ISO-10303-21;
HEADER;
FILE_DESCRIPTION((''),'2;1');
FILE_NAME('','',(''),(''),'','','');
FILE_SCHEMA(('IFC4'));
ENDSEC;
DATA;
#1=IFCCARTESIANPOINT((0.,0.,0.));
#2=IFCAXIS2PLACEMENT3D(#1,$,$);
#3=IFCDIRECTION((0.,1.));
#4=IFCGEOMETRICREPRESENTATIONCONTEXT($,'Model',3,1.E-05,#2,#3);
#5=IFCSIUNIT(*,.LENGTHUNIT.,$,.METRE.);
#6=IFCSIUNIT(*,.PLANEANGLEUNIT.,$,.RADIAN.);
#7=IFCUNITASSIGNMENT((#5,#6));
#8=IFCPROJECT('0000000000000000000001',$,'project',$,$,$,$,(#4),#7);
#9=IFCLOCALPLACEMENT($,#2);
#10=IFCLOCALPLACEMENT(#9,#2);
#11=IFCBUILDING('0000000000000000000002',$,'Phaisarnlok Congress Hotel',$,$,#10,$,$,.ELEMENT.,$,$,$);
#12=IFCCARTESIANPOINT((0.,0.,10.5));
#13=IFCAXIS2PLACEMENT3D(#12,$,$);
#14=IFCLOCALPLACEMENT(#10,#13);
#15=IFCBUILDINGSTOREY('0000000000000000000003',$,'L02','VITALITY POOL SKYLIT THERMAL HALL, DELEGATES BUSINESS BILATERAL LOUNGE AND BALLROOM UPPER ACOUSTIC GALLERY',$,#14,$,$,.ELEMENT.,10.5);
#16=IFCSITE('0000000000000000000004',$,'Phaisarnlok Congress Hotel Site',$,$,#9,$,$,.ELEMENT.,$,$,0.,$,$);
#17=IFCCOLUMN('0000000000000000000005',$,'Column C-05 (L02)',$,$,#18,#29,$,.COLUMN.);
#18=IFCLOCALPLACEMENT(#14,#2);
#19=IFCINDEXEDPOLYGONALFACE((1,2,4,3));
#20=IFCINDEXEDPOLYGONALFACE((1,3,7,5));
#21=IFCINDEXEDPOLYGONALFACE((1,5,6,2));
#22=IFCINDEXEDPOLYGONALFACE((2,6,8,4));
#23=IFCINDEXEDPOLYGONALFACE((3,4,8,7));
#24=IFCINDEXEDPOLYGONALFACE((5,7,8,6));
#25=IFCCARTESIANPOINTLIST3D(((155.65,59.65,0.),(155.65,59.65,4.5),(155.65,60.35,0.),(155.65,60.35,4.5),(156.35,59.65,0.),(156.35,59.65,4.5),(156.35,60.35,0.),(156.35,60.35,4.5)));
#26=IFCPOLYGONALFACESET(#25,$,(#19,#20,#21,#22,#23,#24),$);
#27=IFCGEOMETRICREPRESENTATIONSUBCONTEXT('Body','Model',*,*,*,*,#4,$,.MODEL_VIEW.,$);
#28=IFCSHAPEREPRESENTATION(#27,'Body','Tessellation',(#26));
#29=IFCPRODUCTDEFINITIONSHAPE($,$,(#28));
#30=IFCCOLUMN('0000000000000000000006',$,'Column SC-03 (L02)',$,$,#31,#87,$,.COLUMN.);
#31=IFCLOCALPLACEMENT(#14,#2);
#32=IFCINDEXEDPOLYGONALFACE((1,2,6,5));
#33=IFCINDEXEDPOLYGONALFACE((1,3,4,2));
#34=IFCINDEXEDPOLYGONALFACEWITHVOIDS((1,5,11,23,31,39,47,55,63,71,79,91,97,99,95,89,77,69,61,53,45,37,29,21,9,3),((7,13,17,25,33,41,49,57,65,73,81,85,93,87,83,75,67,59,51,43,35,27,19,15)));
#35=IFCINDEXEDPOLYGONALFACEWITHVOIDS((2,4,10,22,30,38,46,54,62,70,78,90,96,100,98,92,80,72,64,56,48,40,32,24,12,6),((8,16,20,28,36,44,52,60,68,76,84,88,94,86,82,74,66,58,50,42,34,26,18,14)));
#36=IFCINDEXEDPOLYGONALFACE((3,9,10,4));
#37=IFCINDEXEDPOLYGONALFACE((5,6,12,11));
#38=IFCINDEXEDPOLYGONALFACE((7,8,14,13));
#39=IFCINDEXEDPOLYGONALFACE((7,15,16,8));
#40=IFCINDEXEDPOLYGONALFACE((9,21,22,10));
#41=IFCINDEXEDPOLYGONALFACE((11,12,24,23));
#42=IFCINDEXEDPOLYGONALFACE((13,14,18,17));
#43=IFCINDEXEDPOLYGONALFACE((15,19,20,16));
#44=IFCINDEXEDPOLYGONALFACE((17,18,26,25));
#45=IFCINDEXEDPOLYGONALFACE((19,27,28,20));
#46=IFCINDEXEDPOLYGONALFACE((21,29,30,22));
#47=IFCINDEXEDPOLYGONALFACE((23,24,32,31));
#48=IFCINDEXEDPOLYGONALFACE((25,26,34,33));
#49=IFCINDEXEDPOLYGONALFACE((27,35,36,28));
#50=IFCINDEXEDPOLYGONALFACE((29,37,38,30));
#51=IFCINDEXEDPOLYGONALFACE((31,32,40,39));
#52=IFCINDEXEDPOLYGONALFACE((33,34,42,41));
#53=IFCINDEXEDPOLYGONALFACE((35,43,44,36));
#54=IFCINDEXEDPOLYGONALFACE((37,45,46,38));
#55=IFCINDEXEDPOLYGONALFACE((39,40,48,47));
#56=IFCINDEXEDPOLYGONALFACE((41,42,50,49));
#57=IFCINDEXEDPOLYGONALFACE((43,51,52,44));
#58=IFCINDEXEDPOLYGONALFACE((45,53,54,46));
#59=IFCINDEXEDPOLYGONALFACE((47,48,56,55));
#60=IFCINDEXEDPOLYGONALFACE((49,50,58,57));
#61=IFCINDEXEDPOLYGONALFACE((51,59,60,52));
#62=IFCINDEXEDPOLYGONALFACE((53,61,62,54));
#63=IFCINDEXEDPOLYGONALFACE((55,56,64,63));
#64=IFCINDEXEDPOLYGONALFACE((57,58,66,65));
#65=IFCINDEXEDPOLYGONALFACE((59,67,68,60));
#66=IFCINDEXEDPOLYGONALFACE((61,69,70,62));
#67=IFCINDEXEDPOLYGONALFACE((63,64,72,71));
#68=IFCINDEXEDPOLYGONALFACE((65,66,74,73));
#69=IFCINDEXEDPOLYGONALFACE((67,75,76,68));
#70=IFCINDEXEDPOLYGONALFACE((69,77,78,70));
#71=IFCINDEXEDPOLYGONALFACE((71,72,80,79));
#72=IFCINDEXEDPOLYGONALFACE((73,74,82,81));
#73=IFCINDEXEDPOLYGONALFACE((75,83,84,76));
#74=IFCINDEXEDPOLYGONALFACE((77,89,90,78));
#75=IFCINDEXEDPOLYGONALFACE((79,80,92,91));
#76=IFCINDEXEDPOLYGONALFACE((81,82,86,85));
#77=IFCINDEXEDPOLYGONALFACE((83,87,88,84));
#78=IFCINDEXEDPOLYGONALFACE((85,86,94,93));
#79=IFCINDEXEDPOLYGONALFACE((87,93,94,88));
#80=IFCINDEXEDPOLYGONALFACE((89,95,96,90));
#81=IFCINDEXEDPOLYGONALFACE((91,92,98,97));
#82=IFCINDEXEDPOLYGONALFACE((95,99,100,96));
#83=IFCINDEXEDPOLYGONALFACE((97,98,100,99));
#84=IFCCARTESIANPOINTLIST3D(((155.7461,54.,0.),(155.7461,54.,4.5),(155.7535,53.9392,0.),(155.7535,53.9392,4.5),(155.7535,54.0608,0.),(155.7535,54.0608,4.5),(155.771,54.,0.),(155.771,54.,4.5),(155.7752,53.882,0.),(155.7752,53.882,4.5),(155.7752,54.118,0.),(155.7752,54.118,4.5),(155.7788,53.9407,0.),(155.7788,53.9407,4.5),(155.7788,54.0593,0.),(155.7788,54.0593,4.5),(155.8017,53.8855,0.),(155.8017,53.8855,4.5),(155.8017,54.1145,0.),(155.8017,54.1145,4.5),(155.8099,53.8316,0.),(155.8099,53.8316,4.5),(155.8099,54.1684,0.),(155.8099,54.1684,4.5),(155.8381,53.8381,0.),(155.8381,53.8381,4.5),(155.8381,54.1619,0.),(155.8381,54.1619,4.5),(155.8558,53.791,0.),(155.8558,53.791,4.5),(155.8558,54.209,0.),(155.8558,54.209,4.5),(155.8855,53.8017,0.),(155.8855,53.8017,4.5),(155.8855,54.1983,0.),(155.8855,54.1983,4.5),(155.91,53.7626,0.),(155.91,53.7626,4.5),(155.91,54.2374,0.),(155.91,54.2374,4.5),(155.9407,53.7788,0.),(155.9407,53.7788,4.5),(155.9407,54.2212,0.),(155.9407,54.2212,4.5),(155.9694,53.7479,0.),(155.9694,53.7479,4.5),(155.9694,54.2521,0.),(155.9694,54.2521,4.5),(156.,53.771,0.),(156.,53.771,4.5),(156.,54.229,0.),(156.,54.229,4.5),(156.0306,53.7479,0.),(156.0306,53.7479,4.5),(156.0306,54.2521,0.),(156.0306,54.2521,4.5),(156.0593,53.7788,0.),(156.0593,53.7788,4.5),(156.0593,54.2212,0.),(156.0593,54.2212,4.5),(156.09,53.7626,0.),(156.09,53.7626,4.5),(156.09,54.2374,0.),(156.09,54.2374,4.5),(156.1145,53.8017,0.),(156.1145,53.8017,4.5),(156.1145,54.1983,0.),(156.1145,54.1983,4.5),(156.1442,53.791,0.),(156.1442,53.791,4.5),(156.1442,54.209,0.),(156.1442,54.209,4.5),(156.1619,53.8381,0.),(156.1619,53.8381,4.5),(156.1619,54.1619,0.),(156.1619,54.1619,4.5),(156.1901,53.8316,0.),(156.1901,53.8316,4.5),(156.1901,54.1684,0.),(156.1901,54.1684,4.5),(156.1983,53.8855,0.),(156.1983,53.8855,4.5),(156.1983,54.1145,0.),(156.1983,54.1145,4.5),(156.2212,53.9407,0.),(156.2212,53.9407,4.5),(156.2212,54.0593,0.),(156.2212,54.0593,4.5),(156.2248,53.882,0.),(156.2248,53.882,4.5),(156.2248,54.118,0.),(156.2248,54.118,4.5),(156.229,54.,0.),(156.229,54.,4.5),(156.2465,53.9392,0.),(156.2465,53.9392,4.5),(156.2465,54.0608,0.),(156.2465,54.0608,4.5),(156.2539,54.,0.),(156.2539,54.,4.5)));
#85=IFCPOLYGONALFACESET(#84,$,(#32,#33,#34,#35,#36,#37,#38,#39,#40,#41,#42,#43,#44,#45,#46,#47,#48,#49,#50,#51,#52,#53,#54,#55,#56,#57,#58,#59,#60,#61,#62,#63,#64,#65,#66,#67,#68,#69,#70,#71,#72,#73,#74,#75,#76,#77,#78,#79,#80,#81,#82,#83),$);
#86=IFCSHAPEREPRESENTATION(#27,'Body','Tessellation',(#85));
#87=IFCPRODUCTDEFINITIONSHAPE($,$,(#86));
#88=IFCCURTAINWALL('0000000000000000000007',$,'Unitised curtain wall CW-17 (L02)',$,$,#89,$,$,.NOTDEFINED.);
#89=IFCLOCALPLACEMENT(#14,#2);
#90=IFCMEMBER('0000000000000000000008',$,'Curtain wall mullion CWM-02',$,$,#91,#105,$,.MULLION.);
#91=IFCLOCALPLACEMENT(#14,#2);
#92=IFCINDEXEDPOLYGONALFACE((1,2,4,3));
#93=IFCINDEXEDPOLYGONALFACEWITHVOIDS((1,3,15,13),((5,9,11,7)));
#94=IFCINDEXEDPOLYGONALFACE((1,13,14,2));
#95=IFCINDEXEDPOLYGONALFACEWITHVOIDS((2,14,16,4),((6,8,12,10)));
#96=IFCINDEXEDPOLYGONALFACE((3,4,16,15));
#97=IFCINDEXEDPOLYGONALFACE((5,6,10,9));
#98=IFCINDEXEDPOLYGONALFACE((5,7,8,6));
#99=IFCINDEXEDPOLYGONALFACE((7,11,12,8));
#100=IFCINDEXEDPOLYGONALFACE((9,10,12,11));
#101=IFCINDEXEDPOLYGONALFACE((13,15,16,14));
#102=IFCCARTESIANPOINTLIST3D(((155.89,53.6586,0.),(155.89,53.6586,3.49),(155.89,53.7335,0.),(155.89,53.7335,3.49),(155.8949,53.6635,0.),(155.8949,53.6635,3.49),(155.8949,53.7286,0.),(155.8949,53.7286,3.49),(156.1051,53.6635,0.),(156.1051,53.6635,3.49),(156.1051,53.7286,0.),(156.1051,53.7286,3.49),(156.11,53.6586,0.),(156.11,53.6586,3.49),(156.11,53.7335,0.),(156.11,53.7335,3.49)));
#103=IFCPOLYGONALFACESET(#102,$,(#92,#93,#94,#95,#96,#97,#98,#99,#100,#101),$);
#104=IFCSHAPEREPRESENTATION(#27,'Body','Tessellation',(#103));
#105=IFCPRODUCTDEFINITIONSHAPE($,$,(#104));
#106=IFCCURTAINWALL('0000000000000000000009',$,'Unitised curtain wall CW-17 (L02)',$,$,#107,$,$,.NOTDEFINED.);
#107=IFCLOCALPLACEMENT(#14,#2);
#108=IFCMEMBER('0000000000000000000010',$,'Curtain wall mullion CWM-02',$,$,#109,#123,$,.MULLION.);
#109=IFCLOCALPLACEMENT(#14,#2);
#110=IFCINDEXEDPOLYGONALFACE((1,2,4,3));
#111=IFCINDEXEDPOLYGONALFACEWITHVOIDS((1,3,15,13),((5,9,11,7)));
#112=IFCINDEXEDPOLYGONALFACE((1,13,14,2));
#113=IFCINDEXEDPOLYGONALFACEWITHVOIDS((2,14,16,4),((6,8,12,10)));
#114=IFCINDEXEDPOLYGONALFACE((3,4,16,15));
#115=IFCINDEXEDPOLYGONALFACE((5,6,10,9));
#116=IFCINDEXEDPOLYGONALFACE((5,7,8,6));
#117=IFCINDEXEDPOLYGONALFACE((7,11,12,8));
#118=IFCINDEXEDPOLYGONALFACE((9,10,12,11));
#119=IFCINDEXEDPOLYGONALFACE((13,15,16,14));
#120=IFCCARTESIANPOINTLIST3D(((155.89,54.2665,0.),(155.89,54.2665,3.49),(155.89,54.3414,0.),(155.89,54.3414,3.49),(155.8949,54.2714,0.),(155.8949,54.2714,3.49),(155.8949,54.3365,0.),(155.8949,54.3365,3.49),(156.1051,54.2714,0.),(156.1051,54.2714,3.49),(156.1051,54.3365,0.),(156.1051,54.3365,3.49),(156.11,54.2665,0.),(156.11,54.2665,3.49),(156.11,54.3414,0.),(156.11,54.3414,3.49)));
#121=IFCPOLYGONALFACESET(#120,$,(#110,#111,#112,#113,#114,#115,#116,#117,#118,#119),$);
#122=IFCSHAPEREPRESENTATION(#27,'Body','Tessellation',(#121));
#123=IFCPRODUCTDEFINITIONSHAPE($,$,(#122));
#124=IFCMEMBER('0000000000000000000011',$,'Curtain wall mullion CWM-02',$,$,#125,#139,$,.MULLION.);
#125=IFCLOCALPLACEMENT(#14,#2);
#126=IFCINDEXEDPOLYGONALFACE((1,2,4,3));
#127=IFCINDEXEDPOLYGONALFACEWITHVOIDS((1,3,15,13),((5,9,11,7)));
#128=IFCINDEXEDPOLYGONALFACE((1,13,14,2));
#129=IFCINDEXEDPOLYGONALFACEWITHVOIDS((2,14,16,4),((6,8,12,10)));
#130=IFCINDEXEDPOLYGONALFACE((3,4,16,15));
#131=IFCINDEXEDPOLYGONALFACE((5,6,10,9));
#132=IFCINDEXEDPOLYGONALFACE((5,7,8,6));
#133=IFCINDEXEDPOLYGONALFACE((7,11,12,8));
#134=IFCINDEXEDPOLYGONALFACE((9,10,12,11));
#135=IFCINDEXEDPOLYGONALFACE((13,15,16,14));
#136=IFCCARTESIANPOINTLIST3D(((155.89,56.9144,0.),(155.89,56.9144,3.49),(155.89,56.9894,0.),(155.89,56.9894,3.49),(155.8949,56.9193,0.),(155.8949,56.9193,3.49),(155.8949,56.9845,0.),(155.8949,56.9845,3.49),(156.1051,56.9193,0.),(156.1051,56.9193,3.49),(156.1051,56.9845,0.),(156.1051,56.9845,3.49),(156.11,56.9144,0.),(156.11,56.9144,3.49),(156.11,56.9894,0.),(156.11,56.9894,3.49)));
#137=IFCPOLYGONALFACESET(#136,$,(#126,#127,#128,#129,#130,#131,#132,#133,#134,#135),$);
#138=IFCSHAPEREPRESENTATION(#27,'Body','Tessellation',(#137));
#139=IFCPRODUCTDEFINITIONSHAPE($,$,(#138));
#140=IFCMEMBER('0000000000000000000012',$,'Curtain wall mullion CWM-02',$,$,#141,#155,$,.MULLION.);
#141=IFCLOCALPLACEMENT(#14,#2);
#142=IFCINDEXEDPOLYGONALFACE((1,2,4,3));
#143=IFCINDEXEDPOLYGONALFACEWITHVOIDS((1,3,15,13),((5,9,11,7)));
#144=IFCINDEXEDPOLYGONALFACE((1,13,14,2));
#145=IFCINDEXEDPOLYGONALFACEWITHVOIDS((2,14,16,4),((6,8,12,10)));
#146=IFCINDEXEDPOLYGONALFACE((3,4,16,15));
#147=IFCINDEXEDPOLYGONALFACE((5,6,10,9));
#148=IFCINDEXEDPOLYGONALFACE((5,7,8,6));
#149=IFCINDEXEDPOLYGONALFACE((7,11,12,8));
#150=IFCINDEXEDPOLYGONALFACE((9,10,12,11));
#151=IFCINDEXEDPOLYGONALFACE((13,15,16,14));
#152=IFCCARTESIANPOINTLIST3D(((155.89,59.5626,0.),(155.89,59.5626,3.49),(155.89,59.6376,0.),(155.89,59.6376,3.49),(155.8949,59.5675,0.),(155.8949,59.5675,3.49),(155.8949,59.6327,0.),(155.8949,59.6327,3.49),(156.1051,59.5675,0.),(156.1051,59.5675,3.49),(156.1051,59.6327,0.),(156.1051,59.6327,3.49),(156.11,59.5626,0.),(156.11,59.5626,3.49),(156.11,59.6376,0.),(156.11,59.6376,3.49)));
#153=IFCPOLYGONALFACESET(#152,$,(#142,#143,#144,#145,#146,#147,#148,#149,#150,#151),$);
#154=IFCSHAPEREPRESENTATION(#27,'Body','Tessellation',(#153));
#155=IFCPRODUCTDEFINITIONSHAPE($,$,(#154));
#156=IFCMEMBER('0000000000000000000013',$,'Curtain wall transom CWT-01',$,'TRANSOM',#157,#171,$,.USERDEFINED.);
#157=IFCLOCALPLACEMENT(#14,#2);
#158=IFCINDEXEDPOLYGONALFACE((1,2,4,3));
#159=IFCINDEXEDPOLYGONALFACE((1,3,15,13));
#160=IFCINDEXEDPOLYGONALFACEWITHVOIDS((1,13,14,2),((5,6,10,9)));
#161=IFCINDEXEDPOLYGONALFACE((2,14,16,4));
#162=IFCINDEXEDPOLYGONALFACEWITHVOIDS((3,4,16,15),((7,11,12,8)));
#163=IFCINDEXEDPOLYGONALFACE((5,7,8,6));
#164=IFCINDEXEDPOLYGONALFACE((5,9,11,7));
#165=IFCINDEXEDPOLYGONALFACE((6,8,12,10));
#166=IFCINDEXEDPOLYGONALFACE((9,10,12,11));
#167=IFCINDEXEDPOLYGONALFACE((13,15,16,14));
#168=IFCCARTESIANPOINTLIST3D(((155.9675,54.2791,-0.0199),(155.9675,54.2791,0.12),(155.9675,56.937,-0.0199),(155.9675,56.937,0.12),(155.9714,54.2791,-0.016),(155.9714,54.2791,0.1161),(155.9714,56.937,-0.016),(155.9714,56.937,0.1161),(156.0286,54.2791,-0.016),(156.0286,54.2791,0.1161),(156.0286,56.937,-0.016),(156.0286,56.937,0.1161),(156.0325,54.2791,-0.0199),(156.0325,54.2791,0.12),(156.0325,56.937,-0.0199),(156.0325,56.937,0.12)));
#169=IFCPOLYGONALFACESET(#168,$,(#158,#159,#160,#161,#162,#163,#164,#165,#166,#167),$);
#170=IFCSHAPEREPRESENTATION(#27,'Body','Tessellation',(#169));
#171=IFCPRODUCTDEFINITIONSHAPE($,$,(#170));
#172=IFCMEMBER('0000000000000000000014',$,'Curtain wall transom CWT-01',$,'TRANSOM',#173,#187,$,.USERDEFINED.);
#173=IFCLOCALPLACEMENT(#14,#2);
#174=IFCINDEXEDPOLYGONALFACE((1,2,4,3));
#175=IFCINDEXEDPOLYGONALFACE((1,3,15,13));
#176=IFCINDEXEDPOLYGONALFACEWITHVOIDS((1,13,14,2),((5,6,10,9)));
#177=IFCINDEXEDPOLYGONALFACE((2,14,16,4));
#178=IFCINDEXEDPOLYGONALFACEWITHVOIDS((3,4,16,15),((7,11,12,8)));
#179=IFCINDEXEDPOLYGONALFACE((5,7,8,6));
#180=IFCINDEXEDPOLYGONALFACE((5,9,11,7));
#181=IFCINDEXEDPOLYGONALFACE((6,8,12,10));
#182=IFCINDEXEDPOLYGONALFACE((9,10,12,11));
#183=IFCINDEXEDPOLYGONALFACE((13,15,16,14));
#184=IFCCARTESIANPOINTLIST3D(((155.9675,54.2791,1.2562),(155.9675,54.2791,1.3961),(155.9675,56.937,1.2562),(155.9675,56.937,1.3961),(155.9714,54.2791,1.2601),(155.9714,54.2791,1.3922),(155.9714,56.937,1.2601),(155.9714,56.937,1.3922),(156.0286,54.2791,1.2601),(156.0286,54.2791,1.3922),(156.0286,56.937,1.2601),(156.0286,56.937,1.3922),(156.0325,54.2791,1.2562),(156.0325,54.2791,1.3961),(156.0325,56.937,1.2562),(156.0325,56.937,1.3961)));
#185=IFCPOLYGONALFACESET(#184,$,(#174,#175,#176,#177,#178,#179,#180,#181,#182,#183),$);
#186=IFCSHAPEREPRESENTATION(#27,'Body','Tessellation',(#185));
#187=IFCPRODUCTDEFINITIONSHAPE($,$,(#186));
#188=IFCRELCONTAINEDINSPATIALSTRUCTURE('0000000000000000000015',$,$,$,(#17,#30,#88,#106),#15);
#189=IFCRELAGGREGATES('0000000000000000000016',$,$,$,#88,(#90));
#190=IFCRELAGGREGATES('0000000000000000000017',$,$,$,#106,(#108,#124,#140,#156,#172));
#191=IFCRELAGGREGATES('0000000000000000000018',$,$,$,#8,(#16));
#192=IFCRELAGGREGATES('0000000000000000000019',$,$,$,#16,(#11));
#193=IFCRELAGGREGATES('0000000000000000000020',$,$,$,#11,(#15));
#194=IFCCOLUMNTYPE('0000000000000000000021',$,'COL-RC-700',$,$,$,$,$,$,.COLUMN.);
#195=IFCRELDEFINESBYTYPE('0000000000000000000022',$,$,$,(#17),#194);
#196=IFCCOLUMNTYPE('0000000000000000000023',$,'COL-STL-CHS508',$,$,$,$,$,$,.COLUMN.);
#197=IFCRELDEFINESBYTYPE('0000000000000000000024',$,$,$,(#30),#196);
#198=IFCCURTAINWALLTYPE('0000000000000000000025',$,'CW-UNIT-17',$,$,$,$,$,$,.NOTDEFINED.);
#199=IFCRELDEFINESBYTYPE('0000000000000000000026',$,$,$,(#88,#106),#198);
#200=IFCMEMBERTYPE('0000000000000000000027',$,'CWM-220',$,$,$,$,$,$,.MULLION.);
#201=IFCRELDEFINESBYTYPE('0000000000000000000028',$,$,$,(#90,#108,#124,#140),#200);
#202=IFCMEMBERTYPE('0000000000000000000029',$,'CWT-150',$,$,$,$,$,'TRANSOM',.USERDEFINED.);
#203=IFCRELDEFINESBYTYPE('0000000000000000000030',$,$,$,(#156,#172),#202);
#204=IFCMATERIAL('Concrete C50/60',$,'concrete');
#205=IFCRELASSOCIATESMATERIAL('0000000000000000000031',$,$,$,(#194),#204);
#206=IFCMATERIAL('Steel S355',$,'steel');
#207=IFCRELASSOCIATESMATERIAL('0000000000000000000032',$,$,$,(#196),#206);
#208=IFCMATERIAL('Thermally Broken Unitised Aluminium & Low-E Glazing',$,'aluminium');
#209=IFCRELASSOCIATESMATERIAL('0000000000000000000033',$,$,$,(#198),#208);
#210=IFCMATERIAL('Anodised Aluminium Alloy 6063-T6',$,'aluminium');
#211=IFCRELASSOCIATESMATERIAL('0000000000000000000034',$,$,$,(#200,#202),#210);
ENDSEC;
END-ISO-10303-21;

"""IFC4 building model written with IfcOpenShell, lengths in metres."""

from ifc_helpers import new_model, si_unit, direction, frame, origin, origin_2d, place, context, subcontext, project, spatial, rectangle, hollow_rectangle, hollow_circle, extrude, material, material_profile, profile_set, type_object, element, aggregate, save


model = new_model("IFC4")

# Units and contexts
model_context = context("Model", 3, precision=1e-05, world=origin(), true_north=direction((0.0, 1.0)))
body_context = subcontext(model_context, "Body", "Model", "MODEL_VIEW")
ifc_project = project(units=[si_unit("LENGTHUNIT", "METRE"), si_unit("PLANEANGLEUNIT", "RADIAN")], contexts=[model_context])

# Site, building, storey
site_placement = place(None, origin())
site = spatial("IfcSite", under=ifc_project, at=site_placement, Name="Phaisarnlok Congress Hotel Site", CompositionType="ELEMENT", RefElevation=0.0)
building_placement = place(site_placement, origin())
building = spatial("IfcBuilding", under=site, at=building_placement, Name="Phaisarnlok Congress Hotel", CompositionType="ELEMENT")
storey_placement = place(building_placement, frame((0.0, 0.0, 10.5)))
storey = spatial("IfcBuildingStorey", under=building, at=storey_placement, Name="L02", Description="VITALITY POOL SKYLIT THERMAL HALL, DELEGATES BUSINESS BILATERAL LOUNGE AND BALLROOM UPPER ACOUSTIC GALLERY", CompositionType="ELEMENT", Elevation=10.5)

# Columns
ifc_material_1 = material(Name="Concrete C50/60", Category="concrete")
ifc_material_profile_1 = material_profile(ifc_material_1, rectangle(XDim=0.7, YDim=0.7, at=origin_2d()), Name="RC 700x700")
ifc_profile_set_1 = profile_set([ifc_material_profile_1], Name="Concrete C50/60")
column_type_1 = type_object("IfcColumnType", Name="COL-RC-700", PredefinedType="COLUMN", material=ifc_profile_set_1)
column_1_placement = place(storey_placement, frame((156.0, 60.0, 0.0), z_axis=(0.0, 0.0, 1.0), x_axis=(1.0, 0.0, 0.0)))
element("IfcColumn", 1, at=column_1_placement, inside=storey, type_object=column_type_1, Name="Column C-05 (L02)", PredefinedType="COLUMN", context=body_context, shape_type="SweptSolid", body=[
    extrude(rectangle(XDim=0.7, YDim=0.7, at=origin_2d()), origin(), (0.0, 0.0, 1.0), 4.5),
])
ifc_material_2 = material(Name="Steel S355", Category="steel")
ifc_material_profile_2 = material_profile(ifc_material_2, hollow_circle(Radius=0.2539, WallThickness=0.0249, at=origin_2d()), Name="CHS 508x25")
ifc_profile_set_2 = profile_set([ifc_material_profile_2], Name="Steel S355")
column_type_2 = type_object("IfcColumnType", Name="COL-STL-CHS508", PredefinedType="COLUMN", material=ifc_profile_set_2)
column_2_placement = place(storey_placement, frame((156.0, 54.0, 0.0), z_axis=(0.0, 0.0, 1.0), x_axis=(1.0, 0.0, 0.0)))
element("IfcColumn", 2, at=column_2_placement, inside=storey, type_object=column_type_2, Name="Column SC-03 (L02)", PredefinedType="COLUMN", context=body_context, shape_type="SweptSolid", body=[
    extrude(hollow_circle(Radius=0.2539, WallThickness=0.0249, at=origin_2d()), origin(), (0.0, 0.0, 1.0), 4.5),
])

# Curtain wall, member
ifc_material_3 = material(Name="Thermally Broken Unitised Aluminium & Low-E Glazing", Category="aluminium")
curtain_wall_type_1 = type_object("IfcCurtainWallType", Name="CW-UNIT-17", PredefinedType="NOTDEFINED", material=ifc_material_3)
curtain_wall_1_placement = place(storey_placement, origin())
curtain_wall_1 = element("IfcCurtainWall", 3, at=curtain_wall_1_placement, inside=storey, type_object=curtain_wall_type_1, Name="Unitised curtain wall CW-17 (L02)", PredefinedType="NOTDEFINED")
ifc_material_4 = material(Name="Anodised Aluminium Alloy 6063-T6", Category="aluminium")
ifc_material_profile_3 = material_profile(ifc_material_4, hollow_rectangle(XDim=0.075, YDim=0.22, WallThickness=0.0049, at=origin_2d()), Name="ALU-M 75x220x5")
ifc_profile_set_3 = profile_set([ifc_material_profile_3], Name="Anodised Aluminium Alloy 6063-T6")
member_type_1 = type_object("IfcMemberType", Name="CWM-220", PredefinedType="MULLION", material=ifc_profile_set_3)
member_1_placement = place(storey_placement, frame((156.0, 53.696, 0.0), z_axis=(0.0, 0.0, 1.0), x_axis=(0.0, 1.0, 0.0)))
member_1 = element("IfcMember", 4, at=member_1_placement, type_object=member_type_1, Name="Curtain wall mullion CWM-02", PredefinedType="MULLION", context=body_context, shape_type="SweptSolid", body=[
    extrude(hollow_rectangle(XDim=0.075, YDim=0.22, WallThickness=0.0049, at=origin_2d()), origin(), (0.0, 0.0, 1.0), 3.49),
])

# Curtain wall, members
curtain_wall_2_placement = place(storey_placement, origin())
curtain_wall_2 = element("IfcCurtainWall", 5, at=curtain_wall_2_placement, inside=storey, type_object=curtain_wall_type_1, Name="Unitised curtain wall CW-17 (L02)", PredefinedType="NOTDEFINED")
member_2_placement = place(storey_placement, frame((156.0, 54.304, 0.0), z_axis=(0.0, 0.0, 1.0), x_axis=(0.0, 1.0, 0.0)))
member_2 = element("IfcMember", 6, at=member_2_placement, type_object=member_type_1, Name="Curtain wall mullion CWM-02", PredefinedType="MULLION", context=body_context, shape_type="SweptSolid", body=[
    extrude(hollow_rectangle(XDim=0.075, YDim=0.22, WallThickness=0.0049, at=origin_2d()), origin(), (0.0, 0.0, 1.0), 3.49),
])
member_3_placement = place(storey_placement, frame((156.0, 56.9519, 0.0), z_axis=(0.0, 0.0, 1.0), x_axis=(0.0, 1.0, 0.0)))
member_3 = element("IfcMember", 7, at=member_3_placement, type_object=member_type_1, Name="Curtain wall mullion CWM-02", PredefinedType="MULLION", context=body_context, shape_type="SweptSolid", body=[
    extrude(hollow_rectangle(XDim=0.075, YDim=0.22, WallThickness=0.0049, at=origin_2d()), origin(), (0.0, 0.0, 1.0), 3.49),
])
member_4_placement = place(storey_placement, frame((156.0, 59.6001, 0.0), z_axis=(0.0, 0.0, 1.0), x_axis=(0.0, 1.0, 0.0)))
member_4 = element("IfcMember", 8, at=member_4_placement, type_object=member_type_1, Name="Curtain wall mullion CWM-02", PredefinedType="MULLION", context=body_context, shape_type="SweptSolid", body=[
    extrude(hollow_rectangle(XDim=0.075, YDim=0.22, WallThickness=0.0049, at=origin_2d()), origin(), (0.0, 0.0, 1.0), 3.49),
])
ifc_material_profile_4 = material_profile(ifc_material_4, hollow_rectangle(XDim=0.0649, YDim=0.1399, WallThickness=0.0039, at=origin_2d()), Name="ALU-T 65x140x4")
ifc_profile_set_4 = profile_set([ifc_material_profile_4], Name="Anodised Aluminium Alloy 6063-T6")
member_type_2 = type_object("IfcMemberType", Name="CWT-150", ElementType="TRANSOM", PredefinedType="USERDEFINED", material=ifc_profile_set_4)
member_5_placement = place(storey_placement, frame((156.0, 54.2791, 0.05), z_axis=(0.0, 1.0, 0.0), x_axis=(-1.0, 0.0, 0.0)))
member_5 = element("IfcMember", 9, at=member_5_placement, type_object=member_type_2, Name="Curtain wall transom CWT-01", ObjectType="TRANSOM", PredefinedType="USERDEFINED", context=body_context, shape_type="SweptSolid", body=[
    extrude(hollow_rectangle(XDim=0.0649, YDim=0.1399, WallThickness=0.0039, at=origin_2d()), origin(), (0.0, 0.0, 1.0), 2.658),
])
member_6_placement = place(storey_placement, frame((156.0, 54.2791, 1.3262), z_axis=(0.0, 1.0, 0.0), x_axis=(-1.0, 0.0, 0.0)))
member_6 = element("IfcMember", 10, at=member_6_placement, type_object=member_type_2, Name="Curtain wall transom CWT-01", ObjectType="TRANSOM", PredefinedType="USERDEFINED", context=body_context, shape_type="SweptSolid", body=[
    extrude(hollow_rectangle(XDim=0.0649, YDim=0.1399, WallThickness=0.0039, at=origin_2d()), origin(), (0.0, 0.0, 1.0), 2.658),
])

aggregate(curtain_wall_1, [member_1])
aggregate(curtain_wall_2, [member_2, member_3, member_4, member_5, member_6])

save(model, "model.ifc")
